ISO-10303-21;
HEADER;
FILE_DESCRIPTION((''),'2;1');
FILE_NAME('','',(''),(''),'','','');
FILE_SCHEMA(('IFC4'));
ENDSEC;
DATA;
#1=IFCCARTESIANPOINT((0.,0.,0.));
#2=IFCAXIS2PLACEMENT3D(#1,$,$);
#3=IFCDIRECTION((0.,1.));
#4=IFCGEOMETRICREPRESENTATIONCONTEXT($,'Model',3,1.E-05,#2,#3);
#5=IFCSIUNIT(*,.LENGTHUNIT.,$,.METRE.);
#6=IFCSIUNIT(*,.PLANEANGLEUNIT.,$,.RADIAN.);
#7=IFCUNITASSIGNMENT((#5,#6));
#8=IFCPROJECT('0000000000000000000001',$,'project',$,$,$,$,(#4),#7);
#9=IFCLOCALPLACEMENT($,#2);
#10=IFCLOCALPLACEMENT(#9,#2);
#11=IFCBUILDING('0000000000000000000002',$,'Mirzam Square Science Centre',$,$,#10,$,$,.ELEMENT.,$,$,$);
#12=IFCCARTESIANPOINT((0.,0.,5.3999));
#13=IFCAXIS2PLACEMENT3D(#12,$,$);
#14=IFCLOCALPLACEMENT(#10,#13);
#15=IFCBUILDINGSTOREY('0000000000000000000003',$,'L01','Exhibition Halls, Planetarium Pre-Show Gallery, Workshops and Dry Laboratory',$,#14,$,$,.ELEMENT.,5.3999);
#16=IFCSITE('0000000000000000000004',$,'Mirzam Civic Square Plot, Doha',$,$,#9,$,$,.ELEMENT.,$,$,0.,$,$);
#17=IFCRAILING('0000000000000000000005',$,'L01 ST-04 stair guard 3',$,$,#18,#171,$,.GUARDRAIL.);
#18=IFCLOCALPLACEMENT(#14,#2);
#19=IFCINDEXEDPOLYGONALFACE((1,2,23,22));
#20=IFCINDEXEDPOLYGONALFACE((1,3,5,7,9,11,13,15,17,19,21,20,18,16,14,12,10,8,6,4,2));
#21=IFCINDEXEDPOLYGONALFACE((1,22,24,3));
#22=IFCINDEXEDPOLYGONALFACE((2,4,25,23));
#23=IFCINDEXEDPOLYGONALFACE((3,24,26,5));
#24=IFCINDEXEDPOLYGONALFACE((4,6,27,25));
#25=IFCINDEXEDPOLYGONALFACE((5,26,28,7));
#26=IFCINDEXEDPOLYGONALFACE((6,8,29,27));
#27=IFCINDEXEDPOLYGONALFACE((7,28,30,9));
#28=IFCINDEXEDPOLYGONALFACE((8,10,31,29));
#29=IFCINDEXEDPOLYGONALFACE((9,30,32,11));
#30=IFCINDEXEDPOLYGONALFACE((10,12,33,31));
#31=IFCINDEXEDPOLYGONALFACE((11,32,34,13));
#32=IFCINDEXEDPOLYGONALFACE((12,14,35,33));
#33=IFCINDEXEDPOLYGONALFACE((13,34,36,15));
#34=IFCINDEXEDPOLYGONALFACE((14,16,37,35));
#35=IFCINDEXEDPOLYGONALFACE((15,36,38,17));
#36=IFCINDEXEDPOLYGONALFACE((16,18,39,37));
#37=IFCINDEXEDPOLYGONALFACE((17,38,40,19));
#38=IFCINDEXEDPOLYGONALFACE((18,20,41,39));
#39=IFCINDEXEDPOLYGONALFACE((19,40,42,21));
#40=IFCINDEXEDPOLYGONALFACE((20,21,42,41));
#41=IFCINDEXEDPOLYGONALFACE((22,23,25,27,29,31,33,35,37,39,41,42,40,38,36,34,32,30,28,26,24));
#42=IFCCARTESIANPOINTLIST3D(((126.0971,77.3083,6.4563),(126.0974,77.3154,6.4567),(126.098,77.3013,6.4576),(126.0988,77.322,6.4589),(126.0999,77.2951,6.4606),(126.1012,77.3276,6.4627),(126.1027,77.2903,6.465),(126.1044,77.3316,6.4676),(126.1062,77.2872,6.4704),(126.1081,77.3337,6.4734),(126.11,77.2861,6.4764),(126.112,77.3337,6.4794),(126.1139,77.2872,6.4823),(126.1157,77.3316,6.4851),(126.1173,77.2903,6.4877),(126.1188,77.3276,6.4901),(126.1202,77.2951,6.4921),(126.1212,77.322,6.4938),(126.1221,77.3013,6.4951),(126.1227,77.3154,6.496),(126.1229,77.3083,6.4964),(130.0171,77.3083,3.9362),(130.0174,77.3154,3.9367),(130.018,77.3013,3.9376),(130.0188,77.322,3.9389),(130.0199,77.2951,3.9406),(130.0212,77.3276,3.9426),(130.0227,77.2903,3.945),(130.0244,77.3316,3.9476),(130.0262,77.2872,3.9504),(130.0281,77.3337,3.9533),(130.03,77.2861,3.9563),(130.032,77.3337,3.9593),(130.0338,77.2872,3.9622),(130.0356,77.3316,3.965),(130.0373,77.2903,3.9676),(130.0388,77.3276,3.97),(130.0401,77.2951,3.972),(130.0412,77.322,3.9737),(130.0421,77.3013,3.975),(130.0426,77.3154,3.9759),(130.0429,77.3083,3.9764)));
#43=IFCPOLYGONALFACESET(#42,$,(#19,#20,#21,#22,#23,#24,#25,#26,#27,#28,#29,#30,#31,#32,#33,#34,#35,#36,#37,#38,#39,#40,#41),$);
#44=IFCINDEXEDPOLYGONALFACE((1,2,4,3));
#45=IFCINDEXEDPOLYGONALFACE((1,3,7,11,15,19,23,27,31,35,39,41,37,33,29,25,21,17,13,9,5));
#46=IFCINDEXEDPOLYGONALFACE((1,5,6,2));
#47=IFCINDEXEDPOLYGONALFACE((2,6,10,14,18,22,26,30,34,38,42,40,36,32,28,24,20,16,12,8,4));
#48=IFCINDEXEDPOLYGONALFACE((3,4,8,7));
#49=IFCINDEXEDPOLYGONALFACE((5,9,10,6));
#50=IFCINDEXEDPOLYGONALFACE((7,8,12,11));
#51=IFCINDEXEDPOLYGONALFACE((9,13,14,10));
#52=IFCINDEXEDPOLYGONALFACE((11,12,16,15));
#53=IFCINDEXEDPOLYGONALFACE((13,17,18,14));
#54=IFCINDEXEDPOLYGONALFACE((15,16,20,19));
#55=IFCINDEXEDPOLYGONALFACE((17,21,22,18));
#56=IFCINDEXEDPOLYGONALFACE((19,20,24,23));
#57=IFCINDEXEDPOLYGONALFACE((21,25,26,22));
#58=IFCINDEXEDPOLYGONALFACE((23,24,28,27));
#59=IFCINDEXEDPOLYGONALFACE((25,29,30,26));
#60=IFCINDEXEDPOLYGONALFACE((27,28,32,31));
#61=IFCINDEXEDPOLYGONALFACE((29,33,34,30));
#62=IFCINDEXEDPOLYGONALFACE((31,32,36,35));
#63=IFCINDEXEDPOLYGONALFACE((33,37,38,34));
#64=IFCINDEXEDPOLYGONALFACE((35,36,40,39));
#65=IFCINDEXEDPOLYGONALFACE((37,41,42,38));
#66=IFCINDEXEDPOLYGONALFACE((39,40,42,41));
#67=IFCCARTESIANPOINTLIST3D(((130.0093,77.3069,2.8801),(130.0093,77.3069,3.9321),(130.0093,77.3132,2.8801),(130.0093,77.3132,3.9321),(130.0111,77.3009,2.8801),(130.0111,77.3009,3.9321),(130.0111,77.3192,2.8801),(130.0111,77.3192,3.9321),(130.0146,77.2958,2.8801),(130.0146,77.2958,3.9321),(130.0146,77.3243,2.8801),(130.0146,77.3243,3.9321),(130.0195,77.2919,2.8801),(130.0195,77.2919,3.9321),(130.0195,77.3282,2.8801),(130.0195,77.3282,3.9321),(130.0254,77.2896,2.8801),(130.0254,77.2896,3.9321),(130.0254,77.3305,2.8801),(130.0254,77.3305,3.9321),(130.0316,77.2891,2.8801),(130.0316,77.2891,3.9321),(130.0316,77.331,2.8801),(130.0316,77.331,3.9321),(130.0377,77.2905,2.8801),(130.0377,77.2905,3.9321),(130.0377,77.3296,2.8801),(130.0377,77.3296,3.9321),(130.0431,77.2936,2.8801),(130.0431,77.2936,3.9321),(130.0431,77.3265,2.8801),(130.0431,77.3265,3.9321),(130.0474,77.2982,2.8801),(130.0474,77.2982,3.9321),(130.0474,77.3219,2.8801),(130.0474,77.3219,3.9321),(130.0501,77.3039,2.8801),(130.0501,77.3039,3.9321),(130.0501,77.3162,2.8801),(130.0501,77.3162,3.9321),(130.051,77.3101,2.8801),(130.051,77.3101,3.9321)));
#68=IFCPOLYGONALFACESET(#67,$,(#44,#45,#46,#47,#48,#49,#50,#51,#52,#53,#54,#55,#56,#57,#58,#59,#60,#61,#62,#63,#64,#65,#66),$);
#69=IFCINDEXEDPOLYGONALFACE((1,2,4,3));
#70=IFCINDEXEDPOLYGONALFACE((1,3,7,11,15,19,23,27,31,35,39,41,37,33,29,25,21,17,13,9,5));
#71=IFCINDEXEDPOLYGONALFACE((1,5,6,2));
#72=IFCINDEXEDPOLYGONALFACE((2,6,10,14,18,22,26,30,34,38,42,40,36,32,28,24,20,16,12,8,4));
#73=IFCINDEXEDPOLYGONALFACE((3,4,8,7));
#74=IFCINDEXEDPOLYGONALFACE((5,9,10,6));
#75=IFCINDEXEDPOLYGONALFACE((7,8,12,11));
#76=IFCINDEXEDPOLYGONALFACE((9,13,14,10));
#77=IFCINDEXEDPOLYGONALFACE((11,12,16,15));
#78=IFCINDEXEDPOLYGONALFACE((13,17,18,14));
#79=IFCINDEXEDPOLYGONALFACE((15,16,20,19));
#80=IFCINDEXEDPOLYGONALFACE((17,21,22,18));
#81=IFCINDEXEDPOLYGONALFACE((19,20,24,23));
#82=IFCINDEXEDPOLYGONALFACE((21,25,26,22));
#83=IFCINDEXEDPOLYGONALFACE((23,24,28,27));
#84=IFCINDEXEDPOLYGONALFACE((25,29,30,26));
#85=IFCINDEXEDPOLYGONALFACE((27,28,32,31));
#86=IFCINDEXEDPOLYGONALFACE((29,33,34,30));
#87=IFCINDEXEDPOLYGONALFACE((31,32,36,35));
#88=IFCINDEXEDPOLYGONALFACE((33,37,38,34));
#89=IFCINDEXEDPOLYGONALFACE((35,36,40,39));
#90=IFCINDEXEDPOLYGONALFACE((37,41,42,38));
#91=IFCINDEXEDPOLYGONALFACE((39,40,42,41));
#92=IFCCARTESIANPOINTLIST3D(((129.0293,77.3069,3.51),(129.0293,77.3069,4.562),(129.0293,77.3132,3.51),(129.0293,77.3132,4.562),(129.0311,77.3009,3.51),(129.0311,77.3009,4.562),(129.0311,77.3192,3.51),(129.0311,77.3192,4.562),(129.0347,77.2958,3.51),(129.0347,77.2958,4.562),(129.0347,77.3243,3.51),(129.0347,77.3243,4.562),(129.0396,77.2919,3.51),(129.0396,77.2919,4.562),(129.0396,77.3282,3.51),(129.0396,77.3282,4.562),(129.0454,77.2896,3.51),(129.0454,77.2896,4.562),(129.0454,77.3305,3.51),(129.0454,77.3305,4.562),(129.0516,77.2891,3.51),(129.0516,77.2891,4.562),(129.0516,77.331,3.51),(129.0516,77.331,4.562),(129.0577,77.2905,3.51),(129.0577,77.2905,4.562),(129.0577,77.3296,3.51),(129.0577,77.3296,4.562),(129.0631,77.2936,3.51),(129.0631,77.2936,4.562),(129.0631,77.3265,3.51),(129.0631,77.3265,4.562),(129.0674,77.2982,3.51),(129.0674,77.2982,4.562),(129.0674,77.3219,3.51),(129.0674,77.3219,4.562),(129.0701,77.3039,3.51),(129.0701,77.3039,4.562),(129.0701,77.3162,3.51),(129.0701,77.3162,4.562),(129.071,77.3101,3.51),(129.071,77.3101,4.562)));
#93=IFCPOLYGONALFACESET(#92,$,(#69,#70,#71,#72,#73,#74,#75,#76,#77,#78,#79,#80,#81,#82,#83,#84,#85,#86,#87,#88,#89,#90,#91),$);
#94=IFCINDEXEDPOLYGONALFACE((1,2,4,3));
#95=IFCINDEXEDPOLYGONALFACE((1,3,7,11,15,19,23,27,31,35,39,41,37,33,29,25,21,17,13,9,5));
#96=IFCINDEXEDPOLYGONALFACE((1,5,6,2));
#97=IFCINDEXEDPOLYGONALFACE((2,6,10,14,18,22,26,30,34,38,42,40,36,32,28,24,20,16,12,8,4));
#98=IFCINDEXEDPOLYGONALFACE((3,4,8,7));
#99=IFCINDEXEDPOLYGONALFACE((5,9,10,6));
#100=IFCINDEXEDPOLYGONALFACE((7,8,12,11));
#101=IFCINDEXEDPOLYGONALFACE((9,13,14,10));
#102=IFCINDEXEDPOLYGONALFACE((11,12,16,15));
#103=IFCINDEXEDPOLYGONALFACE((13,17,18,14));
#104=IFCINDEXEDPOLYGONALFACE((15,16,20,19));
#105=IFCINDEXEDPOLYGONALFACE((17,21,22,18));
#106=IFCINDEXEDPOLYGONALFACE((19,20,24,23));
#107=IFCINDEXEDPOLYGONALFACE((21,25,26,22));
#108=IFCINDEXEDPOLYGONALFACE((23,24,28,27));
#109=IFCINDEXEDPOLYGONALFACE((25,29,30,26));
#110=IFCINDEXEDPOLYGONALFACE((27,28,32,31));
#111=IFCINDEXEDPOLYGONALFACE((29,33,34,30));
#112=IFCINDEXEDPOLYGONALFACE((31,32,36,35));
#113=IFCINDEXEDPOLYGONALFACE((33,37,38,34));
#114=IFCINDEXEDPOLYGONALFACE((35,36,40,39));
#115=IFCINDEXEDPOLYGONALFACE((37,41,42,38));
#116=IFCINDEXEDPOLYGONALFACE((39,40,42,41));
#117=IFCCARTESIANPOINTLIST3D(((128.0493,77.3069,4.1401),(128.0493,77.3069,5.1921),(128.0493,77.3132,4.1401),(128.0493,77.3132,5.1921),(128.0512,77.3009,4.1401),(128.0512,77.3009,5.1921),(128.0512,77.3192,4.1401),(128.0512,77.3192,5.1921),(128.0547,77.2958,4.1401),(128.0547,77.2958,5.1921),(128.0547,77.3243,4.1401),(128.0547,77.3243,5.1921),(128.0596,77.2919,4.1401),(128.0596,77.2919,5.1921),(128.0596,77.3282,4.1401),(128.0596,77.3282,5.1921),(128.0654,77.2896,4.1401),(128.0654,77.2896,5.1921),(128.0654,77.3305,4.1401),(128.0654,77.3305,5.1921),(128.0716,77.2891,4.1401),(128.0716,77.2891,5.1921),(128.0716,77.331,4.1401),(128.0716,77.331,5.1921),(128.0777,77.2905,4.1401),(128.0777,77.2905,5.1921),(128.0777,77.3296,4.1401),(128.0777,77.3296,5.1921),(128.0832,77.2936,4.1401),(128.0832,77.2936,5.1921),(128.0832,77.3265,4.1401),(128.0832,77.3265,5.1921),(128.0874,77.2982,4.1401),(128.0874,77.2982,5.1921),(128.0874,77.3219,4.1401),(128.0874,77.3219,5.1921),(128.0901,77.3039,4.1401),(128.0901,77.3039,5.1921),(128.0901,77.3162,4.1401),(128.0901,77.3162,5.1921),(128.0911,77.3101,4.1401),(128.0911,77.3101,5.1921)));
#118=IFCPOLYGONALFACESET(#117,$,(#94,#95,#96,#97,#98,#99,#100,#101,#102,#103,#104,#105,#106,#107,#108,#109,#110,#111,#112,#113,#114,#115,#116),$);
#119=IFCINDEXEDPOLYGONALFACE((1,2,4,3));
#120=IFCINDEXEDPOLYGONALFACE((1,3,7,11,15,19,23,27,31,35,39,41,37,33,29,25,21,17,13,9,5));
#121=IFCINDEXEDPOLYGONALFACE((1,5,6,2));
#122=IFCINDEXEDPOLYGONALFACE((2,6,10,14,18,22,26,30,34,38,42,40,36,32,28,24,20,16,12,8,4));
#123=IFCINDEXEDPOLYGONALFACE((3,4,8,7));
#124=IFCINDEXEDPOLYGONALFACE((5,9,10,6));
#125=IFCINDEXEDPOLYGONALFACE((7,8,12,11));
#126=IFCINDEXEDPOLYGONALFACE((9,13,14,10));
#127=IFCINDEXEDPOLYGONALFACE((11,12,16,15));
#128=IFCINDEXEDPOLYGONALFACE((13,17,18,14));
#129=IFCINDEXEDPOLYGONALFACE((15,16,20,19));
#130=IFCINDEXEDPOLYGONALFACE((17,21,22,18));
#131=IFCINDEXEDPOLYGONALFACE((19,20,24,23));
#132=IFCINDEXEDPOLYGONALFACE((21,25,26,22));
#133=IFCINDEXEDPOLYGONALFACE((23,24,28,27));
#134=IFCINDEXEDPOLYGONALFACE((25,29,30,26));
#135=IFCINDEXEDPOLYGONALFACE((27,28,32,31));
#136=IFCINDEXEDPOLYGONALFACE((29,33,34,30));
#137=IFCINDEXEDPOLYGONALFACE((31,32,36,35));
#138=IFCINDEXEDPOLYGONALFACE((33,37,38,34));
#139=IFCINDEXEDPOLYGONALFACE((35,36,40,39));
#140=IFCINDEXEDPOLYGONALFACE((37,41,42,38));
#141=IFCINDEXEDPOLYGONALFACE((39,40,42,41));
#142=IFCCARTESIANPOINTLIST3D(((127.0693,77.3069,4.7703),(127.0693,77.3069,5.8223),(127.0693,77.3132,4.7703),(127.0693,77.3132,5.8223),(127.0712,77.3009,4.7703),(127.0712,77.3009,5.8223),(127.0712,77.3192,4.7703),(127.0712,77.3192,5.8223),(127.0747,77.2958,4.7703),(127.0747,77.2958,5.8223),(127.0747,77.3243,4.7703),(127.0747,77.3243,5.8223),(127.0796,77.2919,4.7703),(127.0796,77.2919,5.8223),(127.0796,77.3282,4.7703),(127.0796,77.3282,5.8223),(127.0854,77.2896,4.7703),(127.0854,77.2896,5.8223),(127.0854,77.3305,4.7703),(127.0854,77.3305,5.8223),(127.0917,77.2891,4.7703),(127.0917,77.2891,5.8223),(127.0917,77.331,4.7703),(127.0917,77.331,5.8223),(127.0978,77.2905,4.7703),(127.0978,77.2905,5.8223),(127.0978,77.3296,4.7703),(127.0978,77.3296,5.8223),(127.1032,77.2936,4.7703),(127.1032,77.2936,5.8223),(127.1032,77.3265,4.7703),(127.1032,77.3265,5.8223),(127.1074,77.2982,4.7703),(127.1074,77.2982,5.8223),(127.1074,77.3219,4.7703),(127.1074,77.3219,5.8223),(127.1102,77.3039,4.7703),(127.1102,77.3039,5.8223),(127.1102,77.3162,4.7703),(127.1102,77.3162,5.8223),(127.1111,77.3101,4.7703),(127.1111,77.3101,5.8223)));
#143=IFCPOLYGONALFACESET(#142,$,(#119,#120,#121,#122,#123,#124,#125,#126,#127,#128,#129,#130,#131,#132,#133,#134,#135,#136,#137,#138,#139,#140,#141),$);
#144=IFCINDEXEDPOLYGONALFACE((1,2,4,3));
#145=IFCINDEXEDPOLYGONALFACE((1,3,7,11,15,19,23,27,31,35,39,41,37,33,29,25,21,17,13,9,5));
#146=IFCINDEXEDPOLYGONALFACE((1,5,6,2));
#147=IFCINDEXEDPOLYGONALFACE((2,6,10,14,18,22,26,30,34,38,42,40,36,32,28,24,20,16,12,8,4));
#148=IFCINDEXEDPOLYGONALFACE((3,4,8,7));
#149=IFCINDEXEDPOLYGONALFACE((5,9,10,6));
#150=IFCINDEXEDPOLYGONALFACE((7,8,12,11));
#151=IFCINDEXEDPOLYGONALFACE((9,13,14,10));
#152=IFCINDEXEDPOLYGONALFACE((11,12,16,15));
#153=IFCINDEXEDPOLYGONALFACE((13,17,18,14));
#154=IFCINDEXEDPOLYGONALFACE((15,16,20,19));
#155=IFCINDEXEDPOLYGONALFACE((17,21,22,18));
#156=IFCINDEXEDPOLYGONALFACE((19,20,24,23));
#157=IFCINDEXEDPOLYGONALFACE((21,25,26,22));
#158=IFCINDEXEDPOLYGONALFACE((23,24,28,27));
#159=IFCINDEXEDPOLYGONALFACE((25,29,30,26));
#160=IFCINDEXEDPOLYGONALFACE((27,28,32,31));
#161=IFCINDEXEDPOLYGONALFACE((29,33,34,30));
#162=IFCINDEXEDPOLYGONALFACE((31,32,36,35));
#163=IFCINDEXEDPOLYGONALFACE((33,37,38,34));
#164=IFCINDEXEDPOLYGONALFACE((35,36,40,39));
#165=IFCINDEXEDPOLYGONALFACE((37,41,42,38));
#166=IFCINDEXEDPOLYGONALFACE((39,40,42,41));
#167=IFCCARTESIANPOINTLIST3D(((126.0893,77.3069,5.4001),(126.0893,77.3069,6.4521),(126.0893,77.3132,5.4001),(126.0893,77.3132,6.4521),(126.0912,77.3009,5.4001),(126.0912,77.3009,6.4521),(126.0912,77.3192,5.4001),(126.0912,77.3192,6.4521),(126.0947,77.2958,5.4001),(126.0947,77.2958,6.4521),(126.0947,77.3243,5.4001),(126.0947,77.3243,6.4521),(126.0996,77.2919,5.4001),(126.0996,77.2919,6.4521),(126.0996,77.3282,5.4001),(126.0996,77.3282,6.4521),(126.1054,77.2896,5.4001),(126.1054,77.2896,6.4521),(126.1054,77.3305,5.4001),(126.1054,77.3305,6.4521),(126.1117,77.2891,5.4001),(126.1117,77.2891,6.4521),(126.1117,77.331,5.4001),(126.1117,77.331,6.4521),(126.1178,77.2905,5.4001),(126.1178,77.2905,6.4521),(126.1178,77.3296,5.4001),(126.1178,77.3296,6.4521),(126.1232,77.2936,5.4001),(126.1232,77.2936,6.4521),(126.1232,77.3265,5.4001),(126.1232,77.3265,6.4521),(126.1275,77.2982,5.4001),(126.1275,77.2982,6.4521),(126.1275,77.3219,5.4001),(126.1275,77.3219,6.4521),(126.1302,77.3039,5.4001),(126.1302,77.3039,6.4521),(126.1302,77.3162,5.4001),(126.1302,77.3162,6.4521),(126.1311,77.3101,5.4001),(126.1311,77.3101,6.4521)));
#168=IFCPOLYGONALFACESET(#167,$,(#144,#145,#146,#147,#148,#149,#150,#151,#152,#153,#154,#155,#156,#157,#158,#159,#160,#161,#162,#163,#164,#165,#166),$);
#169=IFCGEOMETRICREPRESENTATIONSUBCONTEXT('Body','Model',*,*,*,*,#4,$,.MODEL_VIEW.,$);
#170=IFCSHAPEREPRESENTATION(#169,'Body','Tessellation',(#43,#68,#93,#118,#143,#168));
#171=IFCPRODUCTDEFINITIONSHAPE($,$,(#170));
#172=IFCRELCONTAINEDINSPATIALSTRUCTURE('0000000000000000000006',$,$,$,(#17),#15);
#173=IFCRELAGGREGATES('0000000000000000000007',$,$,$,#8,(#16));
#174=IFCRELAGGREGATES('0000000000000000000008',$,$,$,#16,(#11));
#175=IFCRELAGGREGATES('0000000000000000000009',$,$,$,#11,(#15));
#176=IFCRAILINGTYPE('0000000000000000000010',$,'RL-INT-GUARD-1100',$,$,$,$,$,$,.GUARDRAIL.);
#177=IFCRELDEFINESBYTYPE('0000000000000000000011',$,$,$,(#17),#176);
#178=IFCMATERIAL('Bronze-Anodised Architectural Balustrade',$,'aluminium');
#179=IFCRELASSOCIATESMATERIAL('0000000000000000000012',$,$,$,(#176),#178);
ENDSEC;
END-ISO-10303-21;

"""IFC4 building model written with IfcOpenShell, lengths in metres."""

from ifc_helpers import new_model, si_unit, direction, frame, origin, origin_2d, place, context, subcontext, project, spatial, circle, extrude, material, type_object, element, save


model = new_model("IFC4")

# Units and contexts
model_context = context("Model", 3, precision=1e-05, world=origin(), true_north=direction((0.0, 1.0)))
body_context = subcontext(model_context, "Body", "Model", "MODEL_VIEW")
ifc_project = project(units=[si_unit("LENGTHUNIT", "METRE"), si_unit("PLANEANGLEUNIT", "RADIAN")], contexts=[model_context])

# Site, building, storey
site_placement = place(None, origin())
site = spatial("IfcSite", under=ifc_project, at=site_placement, Name="Mirzam Civic Square Plot, Doha", CompositionType="ELEMENT", RefElevation=0.0)
building_placement = place(site_placement, origin())
building = spatial("IfcBuilding", under=site, at=building_placement, Name="Mirzam Square Science Centre", CompositionType="ELEMENT")
storey_placement = place(building_placement, frame((0.0, 0.0, 5.3999)))
storey = spatial("IfcBuildingStorey", under=building, at=storey_placement, Name="L01", Description="Exhibition Halls, Planetarium Pre-Show Gallery, Workshops and Dry Laboratory", CompositionType="ELEMENT", Elevation=5.3999)

# Railing
ifc_material_1 = material(Name="Bronze-Anodised Architectural Balustrade", Category="aluminium")
railing_type_1 = type_object("IfcRailingType", Name="RL-INT-GUARD-1100", PredefinedType="GUARDRAIL", material=ifc_material_1)
railing_1_placement = place(storey_placement, frame((130.03, 77.3101, 2.8801)))
element("IfcRailing", 1, at=railing_1_placement, inside=storey, type_object=railing_type_1, Name="L01 ST-04 stair guard 3", PredefinedType="GUARDRAIL", context=body_context, shape_type="SweptSolid", body=[
    extrude(circle(Radius=0.0239, at=origin_2d()), frame((0.0, 0.0, 1.0762), z_axis=(-0.841172, 0.0, 0.540768), x_axis=(0.0, -1.0, 0.0)), (0.0, 0.0, 1.0), 4.6602),
    extrude(circle(Radius=0.021, at=origin_2d()), origin(), (0.0, 0.0, 1.0), 1.052),
    extrude(circle(Radius=0.021, at=origin_2d()), frame((-0.98, 0.0, 0.6299)), (0.0, 0.0, 1.0), 1.052),
    extrude(circle(Radius=0.021, at=origin_2d()), frame((-1.96, 0.0, 1.26)), (0.0, 0.0, 1.0), 1.052),
    extrude(circle(Radius=0.021, at=origin_2d()), frame((-2.9399, 0.0, 1.8901)), (0.0, 0.0, 1.0), 1.052),
    extrude(circle(Radius=0.021, at=origin_2d()), frame((-3.9199, 0.0, 2.52)), (0.0, 0.0, 1.0), 1.052),
])

save(model, "model.ifc")
